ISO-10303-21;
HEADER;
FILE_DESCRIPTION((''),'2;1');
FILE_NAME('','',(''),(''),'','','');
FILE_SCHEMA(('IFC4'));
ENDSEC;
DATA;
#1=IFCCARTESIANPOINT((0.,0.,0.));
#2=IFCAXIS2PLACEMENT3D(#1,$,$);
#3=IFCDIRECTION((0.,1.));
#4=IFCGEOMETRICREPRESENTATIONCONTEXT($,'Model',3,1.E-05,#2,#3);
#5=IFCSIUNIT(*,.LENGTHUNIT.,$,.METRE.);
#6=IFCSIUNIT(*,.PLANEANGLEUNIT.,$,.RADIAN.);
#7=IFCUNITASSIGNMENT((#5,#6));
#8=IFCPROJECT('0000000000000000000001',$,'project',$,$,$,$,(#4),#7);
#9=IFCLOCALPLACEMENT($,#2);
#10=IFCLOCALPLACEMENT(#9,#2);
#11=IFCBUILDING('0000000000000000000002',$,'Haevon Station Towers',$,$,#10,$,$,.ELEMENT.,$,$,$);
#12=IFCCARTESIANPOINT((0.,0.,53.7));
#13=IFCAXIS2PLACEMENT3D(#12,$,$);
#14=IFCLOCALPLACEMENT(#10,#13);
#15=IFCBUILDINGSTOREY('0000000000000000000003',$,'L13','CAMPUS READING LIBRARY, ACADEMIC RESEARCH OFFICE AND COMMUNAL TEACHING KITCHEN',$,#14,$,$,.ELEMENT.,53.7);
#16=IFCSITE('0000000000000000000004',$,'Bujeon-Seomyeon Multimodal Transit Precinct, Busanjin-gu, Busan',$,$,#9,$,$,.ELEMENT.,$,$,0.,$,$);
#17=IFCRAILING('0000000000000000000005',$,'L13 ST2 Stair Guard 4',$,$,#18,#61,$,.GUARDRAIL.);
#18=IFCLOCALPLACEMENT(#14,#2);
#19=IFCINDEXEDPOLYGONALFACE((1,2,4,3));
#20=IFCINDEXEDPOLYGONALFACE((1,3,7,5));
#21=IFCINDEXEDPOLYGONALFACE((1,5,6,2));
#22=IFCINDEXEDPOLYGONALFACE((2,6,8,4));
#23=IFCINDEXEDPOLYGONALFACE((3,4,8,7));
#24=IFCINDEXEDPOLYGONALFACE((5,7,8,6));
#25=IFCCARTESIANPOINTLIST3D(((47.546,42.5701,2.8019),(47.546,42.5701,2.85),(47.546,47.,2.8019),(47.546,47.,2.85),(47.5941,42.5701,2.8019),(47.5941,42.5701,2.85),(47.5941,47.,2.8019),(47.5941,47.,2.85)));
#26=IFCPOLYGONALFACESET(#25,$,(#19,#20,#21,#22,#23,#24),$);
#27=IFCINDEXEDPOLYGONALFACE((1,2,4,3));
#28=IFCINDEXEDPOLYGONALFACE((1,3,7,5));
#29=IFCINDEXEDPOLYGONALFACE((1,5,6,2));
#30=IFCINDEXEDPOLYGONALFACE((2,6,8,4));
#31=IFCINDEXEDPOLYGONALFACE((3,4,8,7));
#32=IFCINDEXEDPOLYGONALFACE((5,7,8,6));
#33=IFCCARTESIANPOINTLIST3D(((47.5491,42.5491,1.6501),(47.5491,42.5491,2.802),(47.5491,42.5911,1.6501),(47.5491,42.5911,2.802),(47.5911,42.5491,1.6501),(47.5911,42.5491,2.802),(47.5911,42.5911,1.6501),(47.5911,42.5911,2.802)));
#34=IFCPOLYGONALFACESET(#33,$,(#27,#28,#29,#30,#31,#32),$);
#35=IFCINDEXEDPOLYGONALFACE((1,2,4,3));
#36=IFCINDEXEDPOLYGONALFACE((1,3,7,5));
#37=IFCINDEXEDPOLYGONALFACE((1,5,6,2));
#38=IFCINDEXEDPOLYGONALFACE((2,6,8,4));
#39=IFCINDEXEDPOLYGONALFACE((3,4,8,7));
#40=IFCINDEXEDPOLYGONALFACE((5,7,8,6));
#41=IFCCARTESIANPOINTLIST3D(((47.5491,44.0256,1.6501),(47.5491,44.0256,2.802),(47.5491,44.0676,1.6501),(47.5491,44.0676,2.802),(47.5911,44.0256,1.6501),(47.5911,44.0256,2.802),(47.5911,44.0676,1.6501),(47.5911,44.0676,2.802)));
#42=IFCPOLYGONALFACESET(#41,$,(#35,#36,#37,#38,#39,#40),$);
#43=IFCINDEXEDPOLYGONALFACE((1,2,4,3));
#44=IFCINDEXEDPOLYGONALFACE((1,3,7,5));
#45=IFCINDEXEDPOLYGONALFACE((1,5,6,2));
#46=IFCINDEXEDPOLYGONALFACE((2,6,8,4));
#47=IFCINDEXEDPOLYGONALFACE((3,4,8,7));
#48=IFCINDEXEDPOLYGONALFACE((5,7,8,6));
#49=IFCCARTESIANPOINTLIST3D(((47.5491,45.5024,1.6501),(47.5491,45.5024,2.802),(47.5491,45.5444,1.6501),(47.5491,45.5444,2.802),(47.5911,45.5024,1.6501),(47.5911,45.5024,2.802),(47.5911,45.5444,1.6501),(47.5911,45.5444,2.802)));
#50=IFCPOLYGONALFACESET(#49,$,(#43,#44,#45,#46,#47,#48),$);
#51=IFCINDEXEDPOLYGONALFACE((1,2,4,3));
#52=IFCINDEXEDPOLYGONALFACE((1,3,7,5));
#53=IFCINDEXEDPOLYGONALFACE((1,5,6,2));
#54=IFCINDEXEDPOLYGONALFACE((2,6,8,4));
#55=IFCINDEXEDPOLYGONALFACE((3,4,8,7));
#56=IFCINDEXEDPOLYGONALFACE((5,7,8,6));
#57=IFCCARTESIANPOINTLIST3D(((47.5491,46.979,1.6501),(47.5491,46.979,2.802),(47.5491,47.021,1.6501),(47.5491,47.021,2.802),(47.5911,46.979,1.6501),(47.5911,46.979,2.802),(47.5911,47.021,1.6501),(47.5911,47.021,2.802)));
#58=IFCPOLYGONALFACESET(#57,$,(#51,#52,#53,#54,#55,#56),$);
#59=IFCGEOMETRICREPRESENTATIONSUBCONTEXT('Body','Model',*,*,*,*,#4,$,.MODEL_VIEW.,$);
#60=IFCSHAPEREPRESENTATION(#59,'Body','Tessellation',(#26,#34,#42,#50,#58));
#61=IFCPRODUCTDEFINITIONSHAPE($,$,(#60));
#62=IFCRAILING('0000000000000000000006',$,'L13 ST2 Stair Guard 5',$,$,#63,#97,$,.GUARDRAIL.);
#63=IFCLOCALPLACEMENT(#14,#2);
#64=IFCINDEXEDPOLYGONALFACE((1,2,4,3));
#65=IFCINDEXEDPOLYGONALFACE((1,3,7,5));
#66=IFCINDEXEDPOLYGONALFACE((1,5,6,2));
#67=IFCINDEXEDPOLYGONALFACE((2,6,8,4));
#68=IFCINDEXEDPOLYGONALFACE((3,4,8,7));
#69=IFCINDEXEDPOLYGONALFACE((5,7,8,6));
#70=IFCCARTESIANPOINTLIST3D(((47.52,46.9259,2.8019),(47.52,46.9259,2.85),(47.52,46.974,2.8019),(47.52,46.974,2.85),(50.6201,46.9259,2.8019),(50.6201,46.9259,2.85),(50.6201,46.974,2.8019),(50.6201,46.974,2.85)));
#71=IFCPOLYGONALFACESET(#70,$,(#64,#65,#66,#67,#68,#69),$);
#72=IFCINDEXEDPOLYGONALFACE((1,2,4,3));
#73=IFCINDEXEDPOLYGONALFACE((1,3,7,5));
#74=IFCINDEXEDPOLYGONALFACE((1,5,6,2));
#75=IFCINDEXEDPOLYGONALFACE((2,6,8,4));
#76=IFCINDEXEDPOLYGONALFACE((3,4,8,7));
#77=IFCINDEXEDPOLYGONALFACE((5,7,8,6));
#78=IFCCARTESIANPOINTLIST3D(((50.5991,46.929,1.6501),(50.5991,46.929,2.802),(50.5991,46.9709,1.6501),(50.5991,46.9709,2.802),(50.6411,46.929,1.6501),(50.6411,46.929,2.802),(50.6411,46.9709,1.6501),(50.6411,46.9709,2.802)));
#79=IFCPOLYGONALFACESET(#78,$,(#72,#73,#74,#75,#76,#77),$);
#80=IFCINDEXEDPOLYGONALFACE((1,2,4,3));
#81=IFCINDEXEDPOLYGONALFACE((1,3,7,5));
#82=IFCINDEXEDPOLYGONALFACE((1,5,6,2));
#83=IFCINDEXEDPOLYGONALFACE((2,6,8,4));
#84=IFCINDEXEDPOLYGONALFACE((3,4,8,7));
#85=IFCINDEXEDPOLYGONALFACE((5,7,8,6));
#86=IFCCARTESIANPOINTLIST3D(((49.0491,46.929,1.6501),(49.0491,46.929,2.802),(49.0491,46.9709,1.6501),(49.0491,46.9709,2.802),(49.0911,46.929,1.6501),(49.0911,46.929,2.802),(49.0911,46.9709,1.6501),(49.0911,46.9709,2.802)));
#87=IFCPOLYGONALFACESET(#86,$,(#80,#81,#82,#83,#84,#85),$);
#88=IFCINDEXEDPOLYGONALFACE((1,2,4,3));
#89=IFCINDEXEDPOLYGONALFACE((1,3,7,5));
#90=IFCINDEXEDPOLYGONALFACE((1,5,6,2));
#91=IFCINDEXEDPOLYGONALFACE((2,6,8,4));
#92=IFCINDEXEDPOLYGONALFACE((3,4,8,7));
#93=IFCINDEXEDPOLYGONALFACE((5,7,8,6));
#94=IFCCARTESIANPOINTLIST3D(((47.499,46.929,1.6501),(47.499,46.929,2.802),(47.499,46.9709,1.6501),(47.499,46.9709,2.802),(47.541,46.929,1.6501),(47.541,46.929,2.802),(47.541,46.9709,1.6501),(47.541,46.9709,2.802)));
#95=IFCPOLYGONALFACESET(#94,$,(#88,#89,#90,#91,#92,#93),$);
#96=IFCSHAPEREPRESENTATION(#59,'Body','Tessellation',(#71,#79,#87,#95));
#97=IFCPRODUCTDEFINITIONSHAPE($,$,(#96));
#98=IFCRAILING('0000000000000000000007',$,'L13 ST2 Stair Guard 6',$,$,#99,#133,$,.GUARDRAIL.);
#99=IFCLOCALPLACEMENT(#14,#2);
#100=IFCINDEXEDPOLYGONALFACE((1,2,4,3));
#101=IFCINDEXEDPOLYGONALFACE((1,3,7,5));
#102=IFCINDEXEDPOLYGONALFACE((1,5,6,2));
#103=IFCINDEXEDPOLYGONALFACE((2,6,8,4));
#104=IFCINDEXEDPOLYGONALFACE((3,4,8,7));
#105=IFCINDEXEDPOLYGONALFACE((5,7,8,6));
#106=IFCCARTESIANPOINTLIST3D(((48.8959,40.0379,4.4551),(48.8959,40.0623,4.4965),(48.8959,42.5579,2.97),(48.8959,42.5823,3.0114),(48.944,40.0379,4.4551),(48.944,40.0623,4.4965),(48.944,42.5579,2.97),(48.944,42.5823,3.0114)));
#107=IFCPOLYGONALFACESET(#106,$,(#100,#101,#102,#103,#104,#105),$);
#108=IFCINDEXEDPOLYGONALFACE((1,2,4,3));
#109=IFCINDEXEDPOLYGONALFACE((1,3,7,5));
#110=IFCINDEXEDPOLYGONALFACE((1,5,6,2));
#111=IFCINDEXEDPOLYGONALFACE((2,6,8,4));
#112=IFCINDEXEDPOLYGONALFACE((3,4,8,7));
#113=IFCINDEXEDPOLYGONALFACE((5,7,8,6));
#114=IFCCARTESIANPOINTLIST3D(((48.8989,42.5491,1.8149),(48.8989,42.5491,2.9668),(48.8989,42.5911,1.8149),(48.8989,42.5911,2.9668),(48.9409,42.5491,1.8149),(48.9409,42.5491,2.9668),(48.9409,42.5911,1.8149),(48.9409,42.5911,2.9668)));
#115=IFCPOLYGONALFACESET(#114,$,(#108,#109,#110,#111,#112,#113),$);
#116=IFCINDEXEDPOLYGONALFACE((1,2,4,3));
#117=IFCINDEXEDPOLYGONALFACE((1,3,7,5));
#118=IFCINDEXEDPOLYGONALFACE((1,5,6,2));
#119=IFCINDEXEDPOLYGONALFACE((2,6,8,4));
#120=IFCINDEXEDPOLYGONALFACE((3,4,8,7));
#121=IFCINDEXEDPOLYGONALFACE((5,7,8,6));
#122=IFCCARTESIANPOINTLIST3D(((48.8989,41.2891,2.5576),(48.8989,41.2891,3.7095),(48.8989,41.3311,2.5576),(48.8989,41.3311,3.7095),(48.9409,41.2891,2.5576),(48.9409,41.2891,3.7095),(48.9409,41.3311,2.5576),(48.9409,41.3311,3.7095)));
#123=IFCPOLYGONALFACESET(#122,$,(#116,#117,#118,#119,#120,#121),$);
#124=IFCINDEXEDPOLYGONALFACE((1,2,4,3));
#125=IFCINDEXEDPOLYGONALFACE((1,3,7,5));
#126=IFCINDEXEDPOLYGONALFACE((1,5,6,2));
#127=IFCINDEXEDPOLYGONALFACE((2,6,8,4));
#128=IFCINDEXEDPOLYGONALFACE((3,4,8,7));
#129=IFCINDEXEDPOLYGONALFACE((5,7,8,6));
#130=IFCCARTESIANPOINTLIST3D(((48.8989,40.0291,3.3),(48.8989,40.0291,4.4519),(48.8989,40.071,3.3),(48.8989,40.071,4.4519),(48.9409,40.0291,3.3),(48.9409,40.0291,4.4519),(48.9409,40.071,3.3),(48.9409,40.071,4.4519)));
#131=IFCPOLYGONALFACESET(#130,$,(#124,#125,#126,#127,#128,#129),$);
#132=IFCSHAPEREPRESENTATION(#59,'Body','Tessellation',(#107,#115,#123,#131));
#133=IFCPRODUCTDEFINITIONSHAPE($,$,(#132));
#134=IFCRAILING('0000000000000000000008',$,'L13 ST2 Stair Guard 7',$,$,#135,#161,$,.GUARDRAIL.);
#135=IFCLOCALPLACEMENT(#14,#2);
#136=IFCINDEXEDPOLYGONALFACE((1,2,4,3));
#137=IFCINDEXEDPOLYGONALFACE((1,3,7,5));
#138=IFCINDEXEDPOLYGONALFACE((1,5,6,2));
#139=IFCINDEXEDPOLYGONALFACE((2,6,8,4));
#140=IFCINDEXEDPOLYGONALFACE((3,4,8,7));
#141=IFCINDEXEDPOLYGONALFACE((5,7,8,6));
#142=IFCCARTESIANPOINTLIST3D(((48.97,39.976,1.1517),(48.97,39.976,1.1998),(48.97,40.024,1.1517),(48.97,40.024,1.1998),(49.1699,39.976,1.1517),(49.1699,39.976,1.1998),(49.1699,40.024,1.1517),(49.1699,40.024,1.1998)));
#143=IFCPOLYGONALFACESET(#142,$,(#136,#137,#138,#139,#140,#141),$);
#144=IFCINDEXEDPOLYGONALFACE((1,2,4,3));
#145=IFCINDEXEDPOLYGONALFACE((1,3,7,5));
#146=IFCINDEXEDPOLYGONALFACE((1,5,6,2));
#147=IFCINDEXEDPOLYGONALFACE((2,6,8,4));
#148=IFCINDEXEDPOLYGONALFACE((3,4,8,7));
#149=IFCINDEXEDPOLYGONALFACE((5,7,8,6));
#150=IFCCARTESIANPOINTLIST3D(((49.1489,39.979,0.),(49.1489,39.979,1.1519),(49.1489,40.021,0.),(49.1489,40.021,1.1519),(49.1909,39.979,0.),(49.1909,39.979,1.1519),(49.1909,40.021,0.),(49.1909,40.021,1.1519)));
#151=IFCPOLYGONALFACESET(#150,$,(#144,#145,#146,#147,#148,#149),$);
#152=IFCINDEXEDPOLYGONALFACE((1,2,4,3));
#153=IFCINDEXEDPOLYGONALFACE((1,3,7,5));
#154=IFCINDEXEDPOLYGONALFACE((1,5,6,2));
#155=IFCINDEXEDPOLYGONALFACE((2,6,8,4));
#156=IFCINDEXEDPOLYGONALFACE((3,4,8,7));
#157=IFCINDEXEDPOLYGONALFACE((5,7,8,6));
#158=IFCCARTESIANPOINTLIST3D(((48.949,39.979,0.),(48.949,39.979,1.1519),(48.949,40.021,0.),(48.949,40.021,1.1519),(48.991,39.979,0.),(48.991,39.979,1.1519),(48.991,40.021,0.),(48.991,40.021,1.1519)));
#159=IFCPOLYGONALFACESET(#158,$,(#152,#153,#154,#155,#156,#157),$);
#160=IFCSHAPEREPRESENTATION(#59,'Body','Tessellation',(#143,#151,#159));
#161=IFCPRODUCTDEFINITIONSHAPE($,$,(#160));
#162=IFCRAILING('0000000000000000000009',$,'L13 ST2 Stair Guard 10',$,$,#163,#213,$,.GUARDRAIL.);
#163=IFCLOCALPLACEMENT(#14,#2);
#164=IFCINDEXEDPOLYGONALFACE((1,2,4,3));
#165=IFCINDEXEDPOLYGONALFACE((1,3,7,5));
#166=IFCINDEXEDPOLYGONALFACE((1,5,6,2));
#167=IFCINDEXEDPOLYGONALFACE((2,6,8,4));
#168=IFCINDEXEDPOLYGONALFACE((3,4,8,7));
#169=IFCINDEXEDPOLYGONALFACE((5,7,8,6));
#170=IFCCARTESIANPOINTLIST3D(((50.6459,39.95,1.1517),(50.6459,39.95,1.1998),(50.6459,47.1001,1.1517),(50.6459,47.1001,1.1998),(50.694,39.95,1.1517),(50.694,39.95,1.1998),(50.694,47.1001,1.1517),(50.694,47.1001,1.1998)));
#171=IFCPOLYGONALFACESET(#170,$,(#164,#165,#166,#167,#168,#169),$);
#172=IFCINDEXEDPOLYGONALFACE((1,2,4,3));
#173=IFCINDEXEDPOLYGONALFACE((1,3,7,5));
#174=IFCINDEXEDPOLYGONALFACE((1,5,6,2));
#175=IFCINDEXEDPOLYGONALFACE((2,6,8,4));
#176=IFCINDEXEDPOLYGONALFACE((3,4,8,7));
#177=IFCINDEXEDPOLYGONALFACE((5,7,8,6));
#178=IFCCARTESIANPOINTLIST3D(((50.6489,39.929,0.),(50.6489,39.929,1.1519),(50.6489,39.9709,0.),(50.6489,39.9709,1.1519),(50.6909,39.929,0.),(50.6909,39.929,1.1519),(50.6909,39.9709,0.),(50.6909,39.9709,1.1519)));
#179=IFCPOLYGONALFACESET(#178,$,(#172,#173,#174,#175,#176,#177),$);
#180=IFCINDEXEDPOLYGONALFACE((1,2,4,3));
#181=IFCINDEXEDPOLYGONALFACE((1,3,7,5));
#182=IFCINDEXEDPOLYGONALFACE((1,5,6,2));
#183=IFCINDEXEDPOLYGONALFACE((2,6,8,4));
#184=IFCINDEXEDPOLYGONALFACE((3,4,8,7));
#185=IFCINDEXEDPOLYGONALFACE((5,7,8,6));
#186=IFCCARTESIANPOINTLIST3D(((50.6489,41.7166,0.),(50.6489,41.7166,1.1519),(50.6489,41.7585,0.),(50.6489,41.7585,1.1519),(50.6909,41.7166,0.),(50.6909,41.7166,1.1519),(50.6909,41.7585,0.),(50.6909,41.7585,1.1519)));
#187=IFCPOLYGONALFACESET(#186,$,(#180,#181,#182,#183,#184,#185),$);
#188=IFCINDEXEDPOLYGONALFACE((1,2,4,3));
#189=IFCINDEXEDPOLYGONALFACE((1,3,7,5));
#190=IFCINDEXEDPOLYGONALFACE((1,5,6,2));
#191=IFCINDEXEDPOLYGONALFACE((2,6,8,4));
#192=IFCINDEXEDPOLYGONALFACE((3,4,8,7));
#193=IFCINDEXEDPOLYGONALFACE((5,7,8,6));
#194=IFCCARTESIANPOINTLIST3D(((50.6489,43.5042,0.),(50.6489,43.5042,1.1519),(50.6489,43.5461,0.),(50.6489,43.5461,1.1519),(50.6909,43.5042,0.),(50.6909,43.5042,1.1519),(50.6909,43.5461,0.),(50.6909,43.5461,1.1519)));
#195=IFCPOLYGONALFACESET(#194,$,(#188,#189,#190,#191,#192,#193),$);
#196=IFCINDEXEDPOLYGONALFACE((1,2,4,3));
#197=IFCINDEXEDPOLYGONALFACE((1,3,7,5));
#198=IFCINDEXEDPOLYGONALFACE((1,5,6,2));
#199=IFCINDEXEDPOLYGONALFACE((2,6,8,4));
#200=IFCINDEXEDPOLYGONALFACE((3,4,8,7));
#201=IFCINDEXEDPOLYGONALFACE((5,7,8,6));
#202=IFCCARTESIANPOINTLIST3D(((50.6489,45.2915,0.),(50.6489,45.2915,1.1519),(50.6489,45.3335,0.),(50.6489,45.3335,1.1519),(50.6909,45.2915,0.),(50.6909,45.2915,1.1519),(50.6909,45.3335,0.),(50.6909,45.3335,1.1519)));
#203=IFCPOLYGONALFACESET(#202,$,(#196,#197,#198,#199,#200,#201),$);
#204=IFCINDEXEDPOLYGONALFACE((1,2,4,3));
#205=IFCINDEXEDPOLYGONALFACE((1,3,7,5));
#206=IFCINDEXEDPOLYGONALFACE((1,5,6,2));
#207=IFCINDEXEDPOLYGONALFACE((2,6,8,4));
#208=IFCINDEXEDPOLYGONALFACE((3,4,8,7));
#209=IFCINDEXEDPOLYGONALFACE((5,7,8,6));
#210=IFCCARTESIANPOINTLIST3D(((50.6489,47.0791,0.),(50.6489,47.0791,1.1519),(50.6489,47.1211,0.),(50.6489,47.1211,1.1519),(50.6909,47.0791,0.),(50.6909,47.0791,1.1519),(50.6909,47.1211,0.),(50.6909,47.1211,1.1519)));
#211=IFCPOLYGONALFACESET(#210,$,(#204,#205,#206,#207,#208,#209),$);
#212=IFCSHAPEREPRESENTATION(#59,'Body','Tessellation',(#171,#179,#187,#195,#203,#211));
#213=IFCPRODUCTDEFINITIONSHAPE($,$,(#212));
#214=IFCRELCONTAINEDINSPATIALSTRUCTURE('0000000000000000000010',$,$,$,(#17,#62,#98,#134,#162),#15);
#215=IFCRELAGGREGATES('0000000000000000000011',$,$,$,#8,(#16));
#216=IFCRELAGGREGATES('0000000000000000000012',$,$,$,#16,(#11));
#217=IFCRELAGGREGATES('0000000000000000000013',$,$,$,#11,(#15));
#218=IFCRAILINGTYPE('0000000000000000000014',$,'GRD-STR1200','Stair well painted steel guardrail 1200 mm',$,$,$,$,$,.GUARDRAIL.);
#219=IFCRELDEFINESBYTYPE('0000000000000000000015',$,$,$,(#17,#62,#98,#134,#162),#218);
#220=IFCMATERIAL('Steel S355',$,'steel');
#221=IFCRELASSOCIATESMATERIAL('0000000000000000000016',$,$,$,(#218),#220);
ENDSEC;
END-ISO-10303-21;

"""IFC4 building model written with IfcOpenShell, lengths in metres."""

from ifc_helpers import new_model, si_unit, direction, frame, origin, origin_2d, place, context, subcontext, project, spatial, rectangle, extrude, material, type_object, element, save


model = new_model("IFC4")

# Units and contexts
model_context = context("Model", 3, precision=1e-05, world=origin(), true_north=direction((0.0, 1.0)))
body_context = subcontext(model_context, "Body", "Model", "MODEL_VIEW")
ifc_project = project(units=[si_unit("LENGTHUNIT", "METRE"), si_unit("PLANEANGLEUNIT", "RADIAN")], contexts=[model_context])

# Site, building, storey
site_placement = place(None, origin())
site = spatial("IfcSite", under=ifc_project, at=site_placement, Name="Bujeon-Seomyeon Multimodal Transit Precinct, Busanjin-gu, Busan", CompositionType="ELEMENT", RefElevation=0.0)
building_placement = place(site_placement, origin())
building = spatial("IfcBuilding", under=site, at=building_placement, Name="Haevon Station Towers", CompositionType="ELEMENT")
storey_placement = place(building_placement, frame((0.0, 0.0, 53.7)))
storey = spatial("IfcBuildingStorey", under=building, at=storey_placement, Name="L13", Description="CAMPUS READING LIBRARY, ACADEMIC RESEARCH OFFICE AND COMMUNAL TEACHING KITCHEN", CompositionType="ELEMENT", Elevation=53.7)

# Shared definitions
ifc_material_1 = material(Name="Steel S355", Category="steel")

# Railings
railing_type_1 = type_object("IfcRailingType", Name="GRD-STR1200", Description="Stair well painted steel guardrail 1200 mm", PredefinedType="GUARDRAIL", material=ifc_material_1)
for number, where, name in (
    (1, (47.5701, 42.5701, 1.6501), "L13 ST2 Stair Guard 4"),
):
    element("IfcRailing", number, at=place(storey_placement, frame(where)), inside=storey, type_object=railing_type_1, Name=name, PredefinedType="GUARDRAIL", context=body_context, shape_type="SweptSolid", body=[
        extrude(rectangle(XDim=0.0481, YDim=0.0481, at=origin_2d()), frame((0.0, 0.0, 1.1758), z_axis=(0.0, 1.0, 0.0), x_axis=(-1.0, 0.0, 0.0)), (0.0, 0.0, 1.0), 4.4299),
        extrude(rectangle(XDim=0.042, YDim=0.042, at=origin_2d()), origin(), (0.0, 0.0, 1.0), 1.1519),
        extrude(rectangle(XDim=0.042, YDim=0.042, at=origin_2d()), frame((0.0, 1.4766, 0.0)), (0.0, 0.0, 1.0), 1.1519),
        extrude(rectangle(XDim=0.042, YDim=0.042, at=origin_2d()), frame((0.0, 2.9534, 0.0)), (0.0, 0.0, 1.0), 1.1519),
        extrude(rectangle(XDim=0.042, YDim=0.042, at=origin_2d()), frame((0.0, 4.4299, 0.0)), (0.0, 0.0, 1.0), 1.1519),
    ])
railing_1_placement = place(storey_placement, frame((50.6201, 46.95, 1.6501)))
element("IfcRailing", 2, at=railing_1_placement, inside=storey, type_object=railing_type_1, Name="L13 ST2 Stair Guard 5", PredefinedType="GUARDRAIL", context=body_context, shape_type="SweptSolid", body=[
    extrude(rectangle(XDim=0.0481, YDim=0.0481, at=origin_2d()), frame((0.0, 0.0, 1.1758), z_axis=(-1.0, 0.0, 0.0), x_axis=(0.0, -1.0, 0.0)), (0.0, 0.0, 1.0), 3.1001),
    extrude(rectangle(XDim=0.042, YDim=0.042, at=origin_2d()), origin(), (0.0, 0.0, 1.0), 1.1519),
    extrude(rectangle(XDim=0.042, YDim=0.042, at=origin_2d()), frame((-1.55, 0.0, 0.0)), (0.0, 0.0, 1.0), 1.1519),
    extrude(rectangle(XDim=0.042, YDim=0.042, at=origin_2d()), frame((-3.1001, 0.0, 0.0)), (0.0, 0.0, 1.0), 1.1519),
])
railing_2_placement = place(storey_placement, frame((48.9199, 42.5701, 1.8149)))
element("IfcRailing", 3, at=railing_2_placement, inside=storey, type_object=railing_type_1, Name="L13 ST2 Stair Guard 6", PredefinedType="GUARDRAIL", context=body_context, shape_type="SweptSolid", body=[
    extrude(rectangle(XDim=0.0481, YDim=0.0481, at=origin_2d()), frame((0.0, 0.0, 1.1758), z_axis=(0.0, -0.861524, 0.507717), x_axis=(1.0, 0.0, 0.0)), (0.0, 0.0, 1.0), 2.925),
    extrude(rectangle(XDim=0.042, YDim=0.042, at=origin_2d()), origin(), (0.0, 0.0, 1.0), 1.1519),
    extrude(rectangle(XDim=0.042, YDim=0.042, at=origin_2d()), frame((0.0, -1.26, 0.7427)), (0.0, 0.0, 1.0), 1.1519),
    extrude(rectangle(XDim=0.042, YDim=0.042, at=origin_2d()), frame((0.0, -2.52, 1.4851)), (0.0, 0.0, 1.0), 1.1519),
])
railing_3_placement = place(storey_placement, frame((49.1699, 40.0, 0.0)))
element("IfcRailing", 4, at=railing_3_placement, inside=storey, type_object=railing_type_1, Name="L13 ST2 Stair Guard 7", PredefinedType="GUARDRAIL", context=body_context, shape_type="SweptSolid", body=[
    extrude(rectangle(XDim=0.0481, YDim=0.0481, at=origin_2d()), frame((0.0, 0.0, 1.1758), z_axis=(-1.0, 0.0, 0.0), x_axis=(0.0, -1.0, 0.0)), (0.0, 0.0, 1.0), 0.2),
    extrude(rectangle(XDim=0.042, YDim=0.042, at=origin_2d()), origin(), (0.0, 0.0, 1.0), 1.1519),
    extrude(rectangle(XDim=0.042, YDim=0.042, at=origin_2d()), frame((-0.2, 0.0, 0.0)), (0.0, 0.0, 1.0), 1.1519),
])
for number, where, name in (
    (5, (50.6699, 39.95, 0.0), "L13 ST2 Stair Guard 10"),
):
    element("IfcRailing", number, at=place(storey_placement, frame(where)), inside=storey, type_object=railing_type_1, Name=name, PredefinedType="GUARDRAIL", context=body_context, shape_type="SweptSolid", body=[
        extrude(rectangle(XDim=0.0481, YDim=0.0481, at=origin_2d()), frame((0.0, 0.0, 1.1758), z_axis=(0.0, 1.0, 0.0), x_axis=(-1.0, 0.0, 0.0)), (0.0, 0.0, 1.0), 7.1501),
        extrude(rectangle(XDim=0.042, YDim=0.042, at=origin_2d()), origin(), (0.0, 0.0, 1.0), 1.1519),
        extrude(rectangle(XDim=0.042, YDim=0.042, at=origin_2d()), frame((0.0, 1.7876, 0.0)), (0.0, 0.0, 1.0), 1.1519),
        extrude(rectangle(XDim=0.042, YDim=0.042, at=origin_2d()), frame((0.0, 3.5752, 0.0)), (0.0, 0.0, 1.0), 1.1519),
        extrude(rectangle(XDim=0.042, YDim=0.042, at=origin_2d()), frame((0.0, 5.3625, 0.0)), (0.0, 0.0, 1.0), 1.1519),
        extrude(rectangle(XDim=0.042, YDim=0.042, at=origin_2d()), frame((0.0, 7.1501, 0.0)), (0.0, 0.0, 1.0), 1.1519),
    ])

save(model, "model.ifc")
